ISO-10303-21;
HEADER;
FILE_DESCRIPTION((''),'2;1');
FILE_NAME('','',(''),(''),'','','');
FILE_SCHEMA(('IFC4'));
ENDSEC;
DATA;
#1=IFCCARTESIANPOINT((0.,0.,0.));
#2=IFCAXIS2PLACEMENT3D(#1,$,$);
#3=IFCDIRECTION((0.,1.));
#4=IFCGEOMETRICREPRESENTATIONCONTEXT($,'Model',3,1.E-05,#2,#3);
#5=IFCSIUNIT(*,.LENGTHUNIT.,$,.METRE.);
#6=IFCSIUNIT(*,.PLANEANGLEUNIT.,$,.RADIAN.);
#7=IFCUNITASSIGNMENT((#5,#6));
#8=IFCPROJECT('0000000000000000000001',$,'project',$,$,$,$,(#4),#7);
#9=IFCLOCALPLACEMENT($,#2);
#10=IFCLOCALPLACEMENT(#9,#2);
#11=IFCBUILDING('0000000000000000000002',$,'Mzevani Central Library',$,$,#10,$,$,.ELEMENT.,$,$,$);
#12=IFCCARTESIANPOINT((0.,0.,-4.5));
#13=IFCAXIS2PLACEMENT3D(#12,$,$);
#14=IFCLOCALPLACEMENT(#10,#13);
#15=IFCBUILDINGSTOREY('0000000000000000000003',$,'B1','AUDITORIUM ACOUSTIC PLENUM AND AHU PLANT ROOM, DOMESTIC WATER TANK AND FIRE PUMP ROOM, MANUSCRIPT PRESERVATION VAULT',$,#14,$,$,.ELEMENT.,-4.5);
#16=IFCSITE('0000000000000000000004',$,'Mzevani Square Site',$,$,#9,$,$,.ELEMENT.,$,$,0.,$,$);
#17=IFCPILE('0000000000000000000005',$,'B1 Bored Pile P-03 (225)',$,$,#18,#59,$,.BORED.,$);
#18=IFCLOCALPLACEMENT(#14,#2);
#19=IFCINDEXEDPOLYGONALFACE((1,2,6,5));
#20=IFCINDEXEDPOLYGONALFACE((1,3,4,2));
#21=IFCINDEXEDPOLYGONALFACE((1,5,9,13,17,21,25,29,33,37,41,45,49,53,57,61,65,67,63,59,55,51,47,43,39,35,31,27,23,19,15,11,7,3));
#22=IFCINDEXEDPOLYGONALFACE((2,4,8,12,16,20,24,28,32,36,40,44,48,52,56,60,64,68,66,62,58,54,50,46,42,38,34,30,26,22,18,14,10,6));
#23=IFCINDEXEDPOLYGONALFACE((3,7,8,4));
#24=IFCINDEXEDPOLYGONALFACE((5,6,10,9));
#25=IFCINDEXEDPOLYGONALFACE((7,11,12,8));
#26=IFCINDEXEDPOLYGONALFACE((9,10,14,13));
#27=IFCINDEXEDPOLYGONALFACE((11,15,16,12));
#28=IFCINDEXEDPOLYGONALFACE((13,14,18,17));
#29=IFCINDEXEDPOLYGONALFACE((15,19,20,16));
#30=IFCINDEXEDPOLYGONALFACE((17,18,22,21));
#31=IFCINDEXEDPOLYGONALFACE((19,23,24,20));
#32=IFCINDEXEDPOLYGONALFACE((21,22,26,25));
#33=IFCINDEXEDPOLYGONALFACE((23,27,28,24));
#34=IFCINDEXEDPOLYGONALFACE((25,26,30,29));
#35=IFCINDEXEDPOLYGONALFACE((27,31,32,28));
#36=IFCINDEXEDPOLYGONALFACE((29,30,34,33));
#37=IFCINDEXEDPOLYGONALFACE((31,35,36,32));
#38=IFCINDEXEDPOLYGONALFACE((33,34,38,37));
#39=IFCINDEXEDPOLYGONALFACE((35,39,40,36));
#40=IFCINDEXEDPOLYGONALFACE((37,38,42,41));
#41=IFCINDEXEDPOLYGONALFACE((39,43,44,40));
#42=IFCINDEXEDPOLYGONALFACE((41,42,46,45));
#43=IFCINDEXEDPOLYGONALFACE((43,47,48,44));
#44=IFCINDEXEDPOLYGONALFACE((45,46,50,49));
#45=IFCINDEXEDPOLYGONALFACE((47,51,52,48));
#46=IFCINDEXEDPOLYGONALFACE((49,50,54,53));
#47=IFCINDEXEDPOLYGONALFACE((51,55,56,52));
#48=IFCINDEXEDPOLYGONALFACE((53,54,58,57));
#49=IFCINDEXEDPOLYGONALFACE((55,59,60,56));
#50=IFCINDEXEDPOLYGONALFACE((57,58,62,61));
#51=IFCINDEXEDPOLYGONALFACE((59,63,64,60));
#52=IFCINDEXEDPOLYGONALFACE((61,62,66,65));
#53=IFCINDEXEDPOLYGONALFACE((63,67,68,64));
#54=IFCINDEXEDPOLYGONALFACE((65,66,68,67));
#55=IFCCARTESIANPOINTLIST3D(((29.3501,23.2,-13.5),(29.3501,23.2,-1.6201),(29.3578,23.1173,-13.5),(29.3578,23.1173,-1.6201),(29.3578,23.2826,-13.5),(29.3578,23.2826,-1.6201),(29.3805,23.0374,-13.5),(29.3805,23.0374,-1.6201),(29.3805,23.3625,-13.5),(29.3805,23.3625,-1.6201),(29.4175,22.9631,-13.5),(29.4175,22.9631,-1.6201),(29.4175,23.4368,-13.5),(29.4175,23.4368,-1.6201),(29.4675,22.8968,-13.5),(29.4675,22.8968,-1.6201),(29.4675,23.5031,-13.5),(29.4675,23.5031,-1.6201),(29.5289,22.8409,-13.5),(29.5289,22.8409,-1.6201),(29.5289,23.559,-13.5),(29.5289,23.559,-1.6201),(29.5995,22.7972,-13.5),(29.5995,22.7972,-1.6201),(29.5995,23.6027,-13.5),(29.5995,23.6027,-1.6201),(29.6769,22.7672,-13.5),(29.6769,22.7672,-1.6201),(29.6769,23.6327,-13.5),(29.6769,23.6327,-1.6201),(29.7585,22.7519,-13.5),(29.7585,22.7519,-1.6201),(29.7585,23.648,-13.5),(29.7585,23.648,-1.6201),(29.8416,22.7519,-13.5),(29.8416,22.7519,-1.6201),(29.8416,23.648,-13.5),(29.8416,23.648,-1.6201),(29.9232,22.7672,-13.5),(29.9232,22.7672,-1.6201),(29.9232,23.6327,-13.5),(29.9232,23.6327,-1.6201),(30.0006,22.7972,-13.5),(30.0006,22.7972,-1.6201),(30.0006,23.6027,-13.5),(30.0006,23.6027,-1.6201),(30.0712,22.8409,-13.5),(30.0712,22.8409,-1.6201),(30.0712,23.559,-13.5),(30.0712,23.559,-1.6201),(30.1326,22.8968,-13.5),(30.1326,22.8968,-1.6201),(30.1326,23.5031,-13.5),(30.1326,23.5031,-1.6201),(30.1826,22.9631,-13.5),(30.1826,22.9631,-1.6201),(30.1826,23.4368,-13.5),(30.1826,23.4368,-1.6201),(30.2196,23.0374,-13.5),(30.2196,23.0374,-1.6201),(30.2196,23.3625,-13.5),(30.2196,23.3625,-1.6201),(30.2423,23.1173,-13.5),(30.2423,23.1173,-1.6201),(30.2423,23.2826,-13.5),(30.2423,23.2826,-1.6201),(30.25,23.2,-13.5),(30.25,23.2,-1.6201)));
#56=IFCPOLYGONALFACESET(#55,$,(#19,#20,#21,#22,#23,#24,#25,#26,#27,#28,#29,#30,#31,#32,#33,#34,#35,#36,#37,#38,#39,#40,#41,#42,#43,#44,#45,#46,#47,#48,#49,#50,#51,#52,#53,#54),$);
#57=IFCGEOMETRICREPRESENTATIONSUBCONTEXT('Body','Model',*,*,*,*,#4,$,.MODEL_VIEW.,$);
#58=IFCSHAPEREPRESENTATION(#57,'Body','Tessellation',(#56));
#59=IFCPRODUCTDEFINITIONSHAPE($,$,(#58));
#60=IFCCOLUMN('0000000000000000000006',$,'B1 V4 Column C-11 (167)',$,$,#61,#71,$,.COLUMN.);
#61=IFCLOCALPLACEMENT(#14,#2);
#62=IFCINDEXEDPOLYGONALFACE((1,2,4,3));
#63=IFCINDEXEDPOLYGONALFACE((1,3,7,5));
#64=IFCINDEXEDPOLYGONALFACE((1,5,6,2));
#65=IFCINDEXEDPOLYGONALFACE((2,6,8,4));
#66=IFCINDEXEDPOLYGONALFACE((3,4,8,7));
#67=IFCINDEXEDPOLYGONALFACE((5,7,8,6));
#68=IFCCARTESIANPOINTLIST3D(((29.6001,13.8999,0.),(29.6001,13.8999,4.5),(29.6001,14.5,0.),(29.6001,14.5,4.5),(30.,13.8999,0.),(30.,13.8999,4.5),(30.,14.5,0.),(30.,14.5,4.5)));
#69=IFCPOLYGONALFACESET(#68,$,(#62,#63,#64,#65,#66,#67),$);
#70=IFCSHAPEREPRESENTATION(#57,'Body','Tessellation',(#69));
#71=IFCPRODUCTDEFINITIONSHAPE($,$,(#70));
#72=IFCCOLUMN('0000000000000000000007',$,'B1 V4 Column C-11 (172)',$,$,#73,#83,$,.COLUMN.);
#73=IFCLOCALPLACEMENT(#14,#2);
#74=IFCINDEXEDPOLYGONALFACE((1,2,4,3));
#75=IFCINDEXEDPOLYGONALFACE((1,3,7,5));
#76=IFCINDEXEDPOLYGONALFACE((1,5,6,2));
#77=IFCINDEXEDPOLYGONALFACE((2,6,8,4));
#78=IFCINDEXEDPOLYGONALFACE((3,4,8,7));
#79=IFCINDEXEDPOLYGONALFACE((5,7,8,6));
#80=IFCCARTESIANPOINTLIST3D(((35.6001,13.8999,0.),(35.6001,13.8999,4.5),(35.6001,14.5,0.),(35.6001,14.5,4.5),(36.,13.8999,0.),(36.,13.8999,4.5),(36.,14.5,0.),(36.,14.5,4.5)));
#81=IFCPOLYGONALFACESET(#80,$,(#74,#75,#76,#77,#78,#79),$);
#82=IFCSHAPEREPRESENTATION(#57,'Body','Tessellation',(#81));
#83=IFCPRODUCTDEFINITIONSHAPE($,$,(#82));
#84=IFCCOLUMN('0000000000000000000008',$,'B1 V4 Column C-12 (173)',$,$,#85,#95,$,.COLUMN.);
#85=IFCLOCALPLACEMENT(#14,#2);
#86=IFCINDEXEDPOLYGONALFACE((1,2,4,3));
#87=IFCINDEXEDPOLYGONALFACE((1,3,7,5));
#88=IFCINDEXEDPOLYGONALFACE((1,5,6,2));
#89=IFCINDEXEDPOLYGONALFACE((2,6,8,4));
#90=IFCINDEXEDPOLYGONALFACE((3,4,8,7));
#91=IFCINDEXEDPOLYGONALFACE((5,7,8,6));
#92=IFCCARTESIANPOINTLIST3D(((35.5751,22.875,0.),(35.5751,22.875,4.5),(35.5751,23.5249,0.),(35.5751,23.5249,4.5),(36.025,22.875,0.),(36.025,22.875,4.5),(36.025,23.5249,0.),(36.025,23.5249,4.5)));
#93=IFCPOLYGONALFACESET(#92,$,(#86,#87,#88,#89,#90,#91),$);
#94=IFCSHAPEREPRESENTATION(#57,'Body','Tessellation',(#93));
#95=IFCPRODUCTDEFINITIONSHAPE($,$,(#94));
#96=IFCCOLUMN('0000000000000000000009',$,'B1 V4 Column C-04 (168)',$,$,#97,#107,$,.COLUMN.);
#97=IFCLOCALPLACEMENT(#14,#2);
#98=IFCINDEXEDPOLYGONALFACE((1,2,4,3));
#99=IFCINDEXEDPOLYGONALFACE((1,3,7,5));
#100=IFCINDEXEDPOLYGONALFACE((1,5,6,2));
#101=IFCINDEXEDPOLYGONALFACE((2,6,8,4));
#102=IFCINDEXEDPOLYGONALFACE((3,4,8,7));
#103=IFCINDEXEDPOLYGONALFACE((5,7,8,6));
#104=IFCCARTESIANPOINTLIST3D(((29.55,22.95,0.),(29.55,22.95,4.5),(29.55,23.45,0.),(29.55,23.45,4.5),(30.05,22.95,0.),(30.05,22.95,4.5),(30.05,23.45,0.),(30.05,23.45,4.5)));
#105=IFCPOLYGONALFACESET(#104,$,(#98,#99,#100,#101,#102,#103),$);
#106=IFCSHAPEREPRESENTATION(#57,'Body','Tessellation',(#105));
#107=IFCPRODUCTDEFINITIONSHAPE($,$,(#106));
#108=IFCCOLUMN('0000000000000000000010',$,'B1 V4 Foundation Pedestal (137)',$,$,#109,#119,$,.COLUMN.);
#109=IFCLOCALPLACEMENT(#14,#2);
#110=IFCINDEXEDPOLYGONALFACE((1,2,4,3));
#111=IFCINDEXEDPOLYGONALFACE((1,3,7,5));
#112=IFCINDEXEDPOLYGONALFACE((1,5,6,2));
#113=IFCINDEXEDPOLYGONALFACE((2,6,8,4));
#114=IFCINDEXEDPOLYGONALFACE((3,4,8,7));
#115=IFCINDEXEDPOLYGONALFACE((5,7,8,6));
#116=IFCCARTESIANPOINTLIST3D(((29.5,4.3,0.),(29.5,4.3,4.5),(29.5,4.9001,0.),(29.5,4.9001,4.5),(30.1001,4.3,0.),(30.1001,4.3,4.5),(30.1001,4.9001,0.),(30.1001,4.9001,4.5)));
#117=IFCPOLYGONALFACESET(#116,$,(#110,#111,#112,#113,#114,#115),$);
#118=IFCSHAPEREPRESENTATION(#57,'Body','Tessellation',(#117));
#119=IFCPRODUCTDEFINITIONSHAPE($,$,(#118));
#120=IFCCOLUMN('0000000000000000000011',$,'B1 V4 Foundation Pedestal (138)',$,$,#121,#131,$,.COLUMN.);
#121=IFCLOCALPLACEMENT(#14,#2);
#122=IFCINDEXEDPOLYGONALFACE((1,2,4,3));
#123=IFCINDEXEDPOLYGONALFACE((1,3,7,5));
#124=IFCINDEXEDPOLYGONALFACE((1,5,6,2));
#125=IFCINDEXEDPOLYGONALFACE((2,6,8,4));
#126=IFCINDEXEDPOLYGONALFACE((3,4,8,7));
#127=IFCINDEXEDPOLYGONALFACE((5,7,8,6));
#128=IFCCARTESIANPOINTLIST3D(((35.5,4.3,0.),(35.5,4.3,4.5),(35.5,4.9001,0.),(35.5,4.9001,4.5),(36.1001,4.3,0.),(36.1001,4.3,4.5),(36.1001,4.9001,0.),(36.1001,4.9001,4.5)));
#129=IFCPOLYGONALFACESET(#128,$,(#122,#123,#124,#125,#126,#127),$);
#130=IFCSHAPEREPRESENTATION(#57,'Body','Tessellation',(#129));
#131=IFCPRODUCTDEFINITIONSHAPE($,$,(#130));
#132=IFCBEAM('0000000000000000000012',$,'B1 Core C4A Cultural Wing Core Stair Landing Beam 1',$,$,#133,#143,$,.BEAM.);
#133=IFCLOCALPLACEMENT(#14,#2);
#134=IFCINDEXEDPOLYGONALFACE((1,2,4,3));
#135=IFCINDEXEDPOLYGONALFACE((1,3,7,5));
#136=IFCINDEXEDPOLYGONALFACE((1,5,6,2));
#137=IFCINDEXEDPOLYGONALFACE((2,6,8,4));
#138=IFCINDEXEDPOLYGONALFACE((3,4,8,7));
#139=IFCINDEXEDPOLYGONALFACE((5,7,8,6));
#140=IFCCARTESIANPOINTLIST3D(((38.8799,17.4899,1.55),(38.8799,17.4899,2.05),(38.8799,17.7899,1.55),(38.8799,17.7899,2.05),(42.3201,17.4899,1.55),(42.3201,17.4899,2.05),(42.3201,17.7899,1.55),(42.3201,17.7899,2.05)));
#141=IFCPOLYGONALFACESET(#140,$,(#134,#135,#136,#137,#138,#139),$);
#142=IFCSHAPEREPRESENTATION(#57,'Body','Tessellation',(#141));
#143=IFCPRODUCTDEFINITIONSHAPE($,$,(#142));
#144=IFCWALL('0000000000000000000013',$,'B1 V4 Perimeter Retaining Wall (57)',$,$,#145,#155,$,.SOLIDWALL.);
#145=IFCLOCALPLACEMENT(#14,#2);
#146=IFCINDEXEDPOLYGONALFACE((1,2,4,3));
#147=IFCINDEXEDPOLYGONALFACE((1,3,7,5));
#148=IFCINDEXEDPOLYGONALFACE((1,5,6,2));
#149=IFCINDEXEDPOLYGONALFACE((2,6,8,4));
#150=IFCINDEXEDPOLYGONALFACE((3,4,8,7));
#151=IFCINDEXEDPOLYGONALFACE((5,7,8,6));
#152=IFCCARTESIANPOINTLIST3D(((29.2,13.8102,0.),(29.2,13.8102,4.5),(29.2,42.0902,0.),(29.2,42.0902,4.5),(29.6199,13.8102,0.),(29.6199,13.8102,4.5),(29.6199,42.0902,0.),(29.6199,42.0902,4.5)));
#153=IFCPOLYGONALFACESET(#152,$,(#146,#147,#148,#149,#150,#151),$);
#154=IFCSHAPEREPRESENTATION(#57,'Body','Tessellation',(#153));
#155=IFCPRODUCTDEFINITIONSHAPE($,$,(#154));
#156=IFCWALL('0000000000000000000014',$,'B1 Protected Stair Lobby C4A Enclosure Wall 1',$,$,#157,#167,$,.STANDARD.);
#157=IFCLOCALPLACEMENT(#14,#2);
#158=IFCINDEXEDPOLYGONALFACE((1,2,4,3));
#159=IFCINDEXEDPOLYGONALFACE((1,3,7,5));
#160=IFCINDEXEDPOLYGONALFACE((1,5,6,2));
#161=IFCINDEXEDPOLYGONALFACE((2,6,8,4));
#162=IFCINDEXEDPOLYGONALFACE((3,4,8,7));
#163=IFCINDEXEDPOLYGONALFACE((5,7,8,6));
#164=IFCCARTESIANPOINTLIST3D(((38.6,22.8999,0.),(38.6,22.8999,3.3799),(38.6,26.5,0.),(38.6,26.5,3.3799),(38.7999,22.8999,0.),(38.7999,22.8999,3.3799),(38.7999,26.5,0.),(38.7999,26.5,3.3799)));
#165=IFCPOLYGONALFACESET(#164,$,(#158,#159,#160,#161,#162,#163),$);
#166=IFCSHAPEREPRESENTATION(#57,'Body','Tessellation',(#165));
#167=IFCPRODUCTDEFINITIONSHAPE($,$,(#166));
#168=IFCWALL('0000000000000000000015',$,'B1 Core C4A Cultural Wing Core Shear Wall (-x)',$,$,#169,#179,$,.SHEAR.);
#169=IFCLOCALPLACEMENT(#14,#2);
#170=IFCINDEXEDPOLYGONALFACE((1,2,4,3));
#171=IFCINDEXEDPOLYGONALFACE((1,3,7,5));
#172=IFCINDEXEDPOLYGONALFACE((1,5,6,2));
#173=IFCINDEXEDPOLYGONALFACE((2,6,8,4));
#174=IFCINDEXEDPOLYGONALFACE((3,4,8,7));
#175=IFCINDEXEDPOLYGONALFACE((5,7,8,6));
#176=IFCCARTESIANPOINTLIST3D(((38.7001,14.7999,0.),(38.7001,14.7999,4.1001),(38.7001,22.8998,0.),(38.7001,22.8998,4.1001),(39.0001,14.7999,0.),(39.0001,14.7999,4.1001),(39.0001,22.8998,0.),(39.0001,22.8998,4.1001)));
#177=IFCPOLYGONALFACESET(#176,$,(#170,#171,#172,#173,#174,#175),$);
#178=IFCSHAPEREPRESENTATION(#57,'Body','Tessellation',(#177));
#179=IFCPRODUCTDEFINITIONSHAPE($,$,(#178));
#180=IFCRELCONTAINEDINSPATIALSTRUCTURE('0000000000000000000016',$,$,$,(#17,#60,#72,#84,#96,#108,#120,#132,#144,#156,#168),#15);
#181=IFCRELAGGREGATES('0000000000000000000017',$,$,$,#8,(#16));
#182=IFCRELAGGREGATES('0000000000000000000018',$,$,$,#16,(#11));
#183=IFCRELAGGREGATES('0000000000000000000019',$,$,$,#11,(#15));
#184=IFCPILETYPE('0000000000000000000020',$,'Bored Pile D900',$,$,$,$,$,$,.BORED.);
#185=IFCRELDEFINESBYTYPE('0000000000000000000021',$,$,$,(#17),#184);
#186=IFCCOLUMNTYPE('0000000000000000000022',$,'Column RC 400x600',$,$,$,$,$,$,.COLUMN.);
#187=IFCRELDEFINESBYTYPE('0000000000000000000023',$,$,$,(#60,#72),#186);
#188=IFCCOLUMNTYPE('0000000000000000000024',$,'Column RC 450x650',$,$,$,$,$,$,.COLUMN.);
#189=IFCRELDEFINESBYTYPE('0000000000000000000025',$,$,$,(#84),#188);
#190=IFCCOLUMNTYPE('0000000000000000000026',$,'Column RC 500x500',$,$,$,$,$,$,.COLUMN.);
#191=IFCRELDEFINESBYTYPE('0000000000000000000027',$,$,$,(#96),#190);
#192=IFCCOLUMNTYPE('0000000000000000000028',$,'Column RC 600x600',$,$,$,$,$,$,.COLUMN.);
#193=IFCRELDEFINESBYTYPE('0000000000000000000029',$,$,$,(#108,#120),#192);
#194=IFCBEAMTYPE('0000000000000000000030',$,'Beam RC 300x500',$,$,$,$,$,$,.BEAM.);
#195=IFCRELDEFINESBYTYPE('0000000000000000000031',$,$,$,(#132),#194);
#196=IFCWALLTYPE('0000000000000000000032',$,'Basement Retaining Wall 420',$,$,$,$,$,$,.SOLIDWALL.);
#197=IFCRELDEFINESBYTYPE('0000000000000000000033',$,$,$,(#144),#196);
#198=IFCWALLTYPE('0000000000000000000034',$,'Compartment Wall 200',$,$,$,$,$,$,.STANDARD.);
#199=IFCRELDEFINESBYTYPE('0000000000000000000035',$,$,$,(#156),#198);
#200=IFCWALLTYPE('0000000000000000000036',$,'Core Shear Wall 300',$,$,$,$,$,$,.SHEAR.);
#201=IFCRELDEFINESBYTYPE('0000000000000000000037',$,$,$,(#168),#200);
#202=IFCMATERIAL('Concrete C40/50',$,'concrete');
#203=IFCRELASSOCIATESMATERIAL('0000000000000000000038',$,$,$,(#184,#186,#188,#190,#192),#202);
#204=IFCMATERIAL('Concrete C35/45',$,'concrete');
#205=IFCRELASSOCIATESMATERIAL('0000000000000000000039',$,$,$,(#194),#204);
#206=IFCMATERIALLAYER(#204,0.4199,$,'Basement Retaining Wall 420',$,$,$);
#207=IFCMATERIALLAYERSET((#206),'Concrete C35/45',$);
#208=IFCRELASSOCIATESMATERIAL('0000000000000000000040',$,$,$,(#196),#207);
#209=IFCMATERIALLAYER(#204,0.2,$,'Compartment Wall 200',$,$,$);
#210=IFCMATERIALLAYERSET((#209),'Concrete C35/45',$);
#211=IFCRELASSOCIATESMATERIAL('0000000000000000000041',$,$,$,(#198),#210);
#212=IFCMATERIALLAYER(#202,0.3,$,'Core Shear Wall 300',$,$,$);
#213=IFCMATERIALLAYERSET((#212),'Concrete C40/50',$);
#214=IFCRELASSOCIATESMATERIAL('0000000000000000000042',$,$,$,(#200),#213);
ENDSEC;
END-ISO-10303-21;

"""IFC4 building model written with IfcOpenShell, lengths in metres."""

from ifc_helpers import new_model, si_unit, direction, frame, frame_2d, origin, origin_2d, place, context, subcontext, project, spatial, rectangle, circle, extrude, material, layer, layer_set, material_profile, profile_set, type_object, element, save


model = new_model("IFC4")

# Units and contexts
model_context = context("Model", 3, precision=1e-05, world=origin(), true_north=direction((0.0, 1.0)))
body_context = subcontext(model_context, "Body", "Model", "MODEL_VIEW")
ifc_project = project(units=[si_unit("LENGTHUNIT", "METRE"), si_unit("PLANEANGLEUNIT", "RADIAN")], contexts=[model_context])

# Site, building, storey
site_placement = place(None, origin())
site = spatial("IfcSite", under=ifc_project, at=site_placement, Name="Mzevani Square Site", CompositionType="ELEMENT", RefElevation=0.0)
building_placement = place(site_placement, origin())
building = spatial("IfcBuilding", under=site, at=building_placement, Name="Mzevani Central Library", CompositionType="ELEMENT")
storey_placement = place(building_placement, frame((0.0, 0.0, -4.5)))
storey = spatial("IfcBuildingStorey", under=building, at=storey_placement, Name="B1", Description="AUDITORIUM ACOUSTIC PLENUM AND AHU PLANT ROOM, DOMESTIC WATER TANK AND FIRE PUMP ROOM, MANUSCRIPT PRESERVATION VAULT", CompositionType="ELEMENT", Elevation=-4.5)

# Pile
ifc_material_1 = material(Name="Concrete C40/50", Category="concrete")
ifc_material_profile_1 = material_profile(ifc_material_1, circle(Radius=0.45, at=origin_2d()), Name="PILE D900")
ifc_profile_set_1 = profile_set([ifc_material_profile_1], Name="Concrete C40/50")
pile_type_1 = type_object("IfcPileType", Name="Bored Pile D900", PredefinedType="BORED", material=ifc_profile_set_1)
pile_1_placement = place(storey_placement, frame((29.8, 23.2, -1.6201), z_axis=(0.0, 0.0, -1.0), x_axis=(1.0, 0.0, 0.0)))
element("IfcPile", 1, at=pile_1_placement, inside=storey, type_object=pile_type_1, Name="B1 Bored Pile P-03 (225)", PredefinedType="BORED", context=body_context, shape_type="SweptSolid", body=[
    extrude(circle(Radius=0.45, at=origin_2d()), origin(), (0.0, 0.0, 1.0), 11.8799),
])

# Columns
ifc_material_profile_2 = material_profile(ifc_material_1, rectangle(XDim=0.3999, YDim=0.6001, at=origin_2d()), Name="RC 400x600")
ifc_profile_set_2 = profile_set([ifc_material_profile_2], Name="Concrete C40/50")
column_type_1 = type_object("IfcColumnType", Name="Column RC 400x600", PredefinedType="COLUMN", material=ifc_profile_set_2)
for number, where, z_axis, x_axis, name in (
    (2, (29.8, 14.2, 0.0), (0.0, 0.0, 1.0), (1.0, 0.0, 0.0), "B1 V4 Column C-11 (167)"),
    (3, (35.8, 14.2, 0.0), (0.0, 0.0, 1.0), (1.0, 0.0, 0.0), "B1 V4 Column C-11 (172)"),
):
    element("IfcColumn", number, at=place(storey_placement, frame(where, z_axis=z_axis, x_axis=x_axis)), inside=storey, type_object=column_type_1, Name=name, PredefinedType="COLUMN", context=body_context, shape_type="SweptSolid", body=[
        extrude(rectangle(XDim=0.3999, YDim=0.6001, at=origin_2d()), origin(), (0.0, 0.0, 1.0), 4.5),
    ])
ifc_material_profile_3 = material_profile(ifc_material_1, rectangle(XDim=0.45, YDim=0.6499, at=origin_2d()), Name="RC 450x650")
ifc_profile_set_3 = profile_set([ifc_material_profile_3], Name="Concrete C40/50")
column_type_2 = type_object("IfcColumnType", Name="Column RC 450x650", PredefinedType="COLUMN", material=ifc_profile_set_3)
column_1_placement = place(storey_placement, frame((35.8, 23.2, 0.0), z_axis=(0.0, 0.0, 1.0), x_axis=(1.0, 0.0, 0.0)))
element("IfcColumn", 4, at=column_1_placement, inside=storey, type_object=column_type_2, Name="B1 V4 Column C-12 (173)", PredefinedType="COLUMN", context=body_context, shape_type="SweptSolid", body=[
    extrude(rectangle(XDim=0.45, YDim=0.6499, at=origin_2d()), origin(), (0.0, 0.0, 1.0), 4.5),
])
ifc_material_profile_4 = material_profile(ifc_material_1, rectangle(XDim=0.5, YDim=0.5, at=origin_2d()), Name="RC 500x500")
ifc_profile_set_4 = profile_set([ifc_material_profile_4], Name="Concrete C40/50")
column_type_3 = type_object("IfcColumnType", Name="Column RC 500x500", PredefinedType="COLUMN", material=ifc_profile_set_4)
column_2_placement = place(storey_placement, frame((29.8, 23.2, 0.0), z_axis=(0.0, 0.0, 1.0), x_axis=(1.0, 0.0, 0.0)))
element("IfcColumn", 5, at=column_2_placement, inside=storey, type_object=column_type_3, Name="B1 V4 Column C-04 (168)", PredefinedType="COLUMN", context=body_context, shape_type="SweptSolid", body=[
    extrude(rectangle(XDim=0.5, YDim=0.5, at=origin_2d()), origin(), (0.0, 0.0, 1.0), 4.5),
])
ifc_material_profile_5 = material_profile(ifc_material_1, rectangle(XDim=0.6001, YDim=0.6001, at=origin_2d()), Name="RC 600x600")
ifc_profile_set_5 = profile_set([ifc_material_profile_5], Name="Concrete C40/50")
column_type_4 = type_object("IfcColumnType", Name="Column RC 600x600", PredefinedType="COLUMN", material=ifc_profile_set_5)
for number, where, z_axis, x_axis, name in (
    (6, (29.8, 4.6001, 0.0), (0.0, 0.0, 1.0), (1.0, 0.0, 0.0), "B1 V4 Foundation Pedestal (137)"),
    (7, (35.8, 4.6001, 0.0), (0.0, 0.0, 1.0), (1.0, 0.0, 0.0), "B1 V4 Foundation Pedestal (138)"),
):
    element("IfcColumn", number, at=place(storey_placement, frame(where, z_axis=z_axis, x_axis=x_axis)), inside=storey, type_object=column_type_4, Name=name, PredefinedType="COLUMN", context=body_context, shape_type="SweptSolid", body=[
        extrude(rectangle(XDim=0.6001, YDim=0.6001, at=origin_2d()), origin(), (0.0, 0.0, 1.0), 4.5),
    ])

# Beam
ifc_material_2 = material(Name="Concrete C35/45", Category="concrete")
ifc_material_profile_6 = material_profile(ifc_material_2, rectangle(XDim=0.3, YDim=0.5, at=origin_2d()), Name="RC B300x500")
ifc_profile_set_6 = profile_set([ifc_material_profile_6], Name="Concrete C35/45")
beam_type = type_object("IfcBeamType", Name="Beam RC 300x500", PredefinedType="BEAM", material=ifc_profile_set_6)
beam_placement = place(storey_placement, frame((38.8799, 17.6399, 1.8), z_axis=(1.0, 0.0, 0.0), x_axis=(0.0, 1.0, 0.0)))
element("IfcBeam", 8, at=beam_placement, inside=storey, type_object=beam_type, Name="B1 Core C4A Cultural Wing Core Stair Landing Beam 1", PredefinedType="BEAM", context=body_context, shape_type="SweptSolid", body=[
    extrude(rectangle(XDim=0.3, YDim=0.5, at=origin_2d()), origin(), (0.0, 0.0, 1.0), 3.4402),
])

# Walls
ifc_layer_1 = layer(ifc_material_2, 0.4199, Name="Basement Retaining Wall 420")
ifc_layer_set_1 = layer_set([ifc_layer_1], Name="Concrete C35/45")
wall_type_1 = type_object("IfcWallType", Name="Basement Retaining Wall 420", PredefinedType="SOLIDWALL", material=ifc_layer_set_1)
wall_1_placement = place(storey_placement, frame((29.4099, 13.8101, 0.0), z_axis=(0.0, 0.0, 1.0), x_axis=(0.0, 1.0, 0.0)))
element("IfcWall", 9, at=wall_1_placement, inside=storey, type_object=wall_type_1, Name="B1 V4 Perimeter Retaining Wall (57)", PredefinedType="SOLIDWALL", context=body_context, shape_type="SweptSolid", body=[
    extrude(rectangle(XDim=28.28, YDim=0.4199, at=frame_2d((14.1401, 0.0))), origin(), (0.0, 0.0, 1.0), 4.5),
])
ifc_layer_2 = layer(ifc_material_2, 0.2, Name="Compartment Wall 200")
ifc_layer_set_2 = layer_set([ifc_layer_2], Name="Concrete C35/45")
wall_type_2 = type_object("IfcWallType", Name="Compartment Wall 200", PredefinedType="STANDARD", material=ifc_layer_set_2)
wall_2_placement = place(storey_placement, frame((38.7, 22.8999, 0.0), z_axis=(0.0, 0.0, 1.0), x_axis=(0.0, 1.0, 0.0)))
element("IfcWall", 10, at=wall_2_placement, inside=storey, type_object=wall_type_2, Name="B1 Protected Stair Lobby C4A Enclosure Wall 1", PredefinedType="STANDARD", context=body_context, shape_type="SweptSolid", body=[
    extrude(rectangle(XDim=3.6001, YDim=0.2, at=frame_2d((1.8, 0.0))), origin(), (0.0, 0.0, 1.0), 3.3799),
])
ifc_layer_3 = layer(ifc_material_1, 0.3, Name="Core Shear Wall 300")
ifc_layer_set_3 = layer_set([ifc_layer_3], Name="Concrete C40/50")
wall_type_3 = type_object("IfcWallType", Name="Core Shear Wall 300", PredefinedType="SHEAR", material=ifc_layer_set_3)
wall_3_placement = place(storey_placement, frame((38.8501, 14.8, 0.0), z_axis=(0.0, 0.0, 1.0), x_axis=(0.0, 1.0, 0.0)))
element("IfcWall", 11, at=wall_3_placement, inside=storey, type_object=wall_type_3, Name="B1 Core C4A Cultural Wing Core Shear Wall (-x)", PredefinedType="SHEAR", context=body_context, shape_type="SweptSolid", body=[
    extrude(rectangle(XDim=8.0999, YDim=0.3, at=frame_2d((4.0498, 0.0))), origin(), (0.0, 0.0, 1.0), 4.1001),
])

save(model, "model.ifc")
